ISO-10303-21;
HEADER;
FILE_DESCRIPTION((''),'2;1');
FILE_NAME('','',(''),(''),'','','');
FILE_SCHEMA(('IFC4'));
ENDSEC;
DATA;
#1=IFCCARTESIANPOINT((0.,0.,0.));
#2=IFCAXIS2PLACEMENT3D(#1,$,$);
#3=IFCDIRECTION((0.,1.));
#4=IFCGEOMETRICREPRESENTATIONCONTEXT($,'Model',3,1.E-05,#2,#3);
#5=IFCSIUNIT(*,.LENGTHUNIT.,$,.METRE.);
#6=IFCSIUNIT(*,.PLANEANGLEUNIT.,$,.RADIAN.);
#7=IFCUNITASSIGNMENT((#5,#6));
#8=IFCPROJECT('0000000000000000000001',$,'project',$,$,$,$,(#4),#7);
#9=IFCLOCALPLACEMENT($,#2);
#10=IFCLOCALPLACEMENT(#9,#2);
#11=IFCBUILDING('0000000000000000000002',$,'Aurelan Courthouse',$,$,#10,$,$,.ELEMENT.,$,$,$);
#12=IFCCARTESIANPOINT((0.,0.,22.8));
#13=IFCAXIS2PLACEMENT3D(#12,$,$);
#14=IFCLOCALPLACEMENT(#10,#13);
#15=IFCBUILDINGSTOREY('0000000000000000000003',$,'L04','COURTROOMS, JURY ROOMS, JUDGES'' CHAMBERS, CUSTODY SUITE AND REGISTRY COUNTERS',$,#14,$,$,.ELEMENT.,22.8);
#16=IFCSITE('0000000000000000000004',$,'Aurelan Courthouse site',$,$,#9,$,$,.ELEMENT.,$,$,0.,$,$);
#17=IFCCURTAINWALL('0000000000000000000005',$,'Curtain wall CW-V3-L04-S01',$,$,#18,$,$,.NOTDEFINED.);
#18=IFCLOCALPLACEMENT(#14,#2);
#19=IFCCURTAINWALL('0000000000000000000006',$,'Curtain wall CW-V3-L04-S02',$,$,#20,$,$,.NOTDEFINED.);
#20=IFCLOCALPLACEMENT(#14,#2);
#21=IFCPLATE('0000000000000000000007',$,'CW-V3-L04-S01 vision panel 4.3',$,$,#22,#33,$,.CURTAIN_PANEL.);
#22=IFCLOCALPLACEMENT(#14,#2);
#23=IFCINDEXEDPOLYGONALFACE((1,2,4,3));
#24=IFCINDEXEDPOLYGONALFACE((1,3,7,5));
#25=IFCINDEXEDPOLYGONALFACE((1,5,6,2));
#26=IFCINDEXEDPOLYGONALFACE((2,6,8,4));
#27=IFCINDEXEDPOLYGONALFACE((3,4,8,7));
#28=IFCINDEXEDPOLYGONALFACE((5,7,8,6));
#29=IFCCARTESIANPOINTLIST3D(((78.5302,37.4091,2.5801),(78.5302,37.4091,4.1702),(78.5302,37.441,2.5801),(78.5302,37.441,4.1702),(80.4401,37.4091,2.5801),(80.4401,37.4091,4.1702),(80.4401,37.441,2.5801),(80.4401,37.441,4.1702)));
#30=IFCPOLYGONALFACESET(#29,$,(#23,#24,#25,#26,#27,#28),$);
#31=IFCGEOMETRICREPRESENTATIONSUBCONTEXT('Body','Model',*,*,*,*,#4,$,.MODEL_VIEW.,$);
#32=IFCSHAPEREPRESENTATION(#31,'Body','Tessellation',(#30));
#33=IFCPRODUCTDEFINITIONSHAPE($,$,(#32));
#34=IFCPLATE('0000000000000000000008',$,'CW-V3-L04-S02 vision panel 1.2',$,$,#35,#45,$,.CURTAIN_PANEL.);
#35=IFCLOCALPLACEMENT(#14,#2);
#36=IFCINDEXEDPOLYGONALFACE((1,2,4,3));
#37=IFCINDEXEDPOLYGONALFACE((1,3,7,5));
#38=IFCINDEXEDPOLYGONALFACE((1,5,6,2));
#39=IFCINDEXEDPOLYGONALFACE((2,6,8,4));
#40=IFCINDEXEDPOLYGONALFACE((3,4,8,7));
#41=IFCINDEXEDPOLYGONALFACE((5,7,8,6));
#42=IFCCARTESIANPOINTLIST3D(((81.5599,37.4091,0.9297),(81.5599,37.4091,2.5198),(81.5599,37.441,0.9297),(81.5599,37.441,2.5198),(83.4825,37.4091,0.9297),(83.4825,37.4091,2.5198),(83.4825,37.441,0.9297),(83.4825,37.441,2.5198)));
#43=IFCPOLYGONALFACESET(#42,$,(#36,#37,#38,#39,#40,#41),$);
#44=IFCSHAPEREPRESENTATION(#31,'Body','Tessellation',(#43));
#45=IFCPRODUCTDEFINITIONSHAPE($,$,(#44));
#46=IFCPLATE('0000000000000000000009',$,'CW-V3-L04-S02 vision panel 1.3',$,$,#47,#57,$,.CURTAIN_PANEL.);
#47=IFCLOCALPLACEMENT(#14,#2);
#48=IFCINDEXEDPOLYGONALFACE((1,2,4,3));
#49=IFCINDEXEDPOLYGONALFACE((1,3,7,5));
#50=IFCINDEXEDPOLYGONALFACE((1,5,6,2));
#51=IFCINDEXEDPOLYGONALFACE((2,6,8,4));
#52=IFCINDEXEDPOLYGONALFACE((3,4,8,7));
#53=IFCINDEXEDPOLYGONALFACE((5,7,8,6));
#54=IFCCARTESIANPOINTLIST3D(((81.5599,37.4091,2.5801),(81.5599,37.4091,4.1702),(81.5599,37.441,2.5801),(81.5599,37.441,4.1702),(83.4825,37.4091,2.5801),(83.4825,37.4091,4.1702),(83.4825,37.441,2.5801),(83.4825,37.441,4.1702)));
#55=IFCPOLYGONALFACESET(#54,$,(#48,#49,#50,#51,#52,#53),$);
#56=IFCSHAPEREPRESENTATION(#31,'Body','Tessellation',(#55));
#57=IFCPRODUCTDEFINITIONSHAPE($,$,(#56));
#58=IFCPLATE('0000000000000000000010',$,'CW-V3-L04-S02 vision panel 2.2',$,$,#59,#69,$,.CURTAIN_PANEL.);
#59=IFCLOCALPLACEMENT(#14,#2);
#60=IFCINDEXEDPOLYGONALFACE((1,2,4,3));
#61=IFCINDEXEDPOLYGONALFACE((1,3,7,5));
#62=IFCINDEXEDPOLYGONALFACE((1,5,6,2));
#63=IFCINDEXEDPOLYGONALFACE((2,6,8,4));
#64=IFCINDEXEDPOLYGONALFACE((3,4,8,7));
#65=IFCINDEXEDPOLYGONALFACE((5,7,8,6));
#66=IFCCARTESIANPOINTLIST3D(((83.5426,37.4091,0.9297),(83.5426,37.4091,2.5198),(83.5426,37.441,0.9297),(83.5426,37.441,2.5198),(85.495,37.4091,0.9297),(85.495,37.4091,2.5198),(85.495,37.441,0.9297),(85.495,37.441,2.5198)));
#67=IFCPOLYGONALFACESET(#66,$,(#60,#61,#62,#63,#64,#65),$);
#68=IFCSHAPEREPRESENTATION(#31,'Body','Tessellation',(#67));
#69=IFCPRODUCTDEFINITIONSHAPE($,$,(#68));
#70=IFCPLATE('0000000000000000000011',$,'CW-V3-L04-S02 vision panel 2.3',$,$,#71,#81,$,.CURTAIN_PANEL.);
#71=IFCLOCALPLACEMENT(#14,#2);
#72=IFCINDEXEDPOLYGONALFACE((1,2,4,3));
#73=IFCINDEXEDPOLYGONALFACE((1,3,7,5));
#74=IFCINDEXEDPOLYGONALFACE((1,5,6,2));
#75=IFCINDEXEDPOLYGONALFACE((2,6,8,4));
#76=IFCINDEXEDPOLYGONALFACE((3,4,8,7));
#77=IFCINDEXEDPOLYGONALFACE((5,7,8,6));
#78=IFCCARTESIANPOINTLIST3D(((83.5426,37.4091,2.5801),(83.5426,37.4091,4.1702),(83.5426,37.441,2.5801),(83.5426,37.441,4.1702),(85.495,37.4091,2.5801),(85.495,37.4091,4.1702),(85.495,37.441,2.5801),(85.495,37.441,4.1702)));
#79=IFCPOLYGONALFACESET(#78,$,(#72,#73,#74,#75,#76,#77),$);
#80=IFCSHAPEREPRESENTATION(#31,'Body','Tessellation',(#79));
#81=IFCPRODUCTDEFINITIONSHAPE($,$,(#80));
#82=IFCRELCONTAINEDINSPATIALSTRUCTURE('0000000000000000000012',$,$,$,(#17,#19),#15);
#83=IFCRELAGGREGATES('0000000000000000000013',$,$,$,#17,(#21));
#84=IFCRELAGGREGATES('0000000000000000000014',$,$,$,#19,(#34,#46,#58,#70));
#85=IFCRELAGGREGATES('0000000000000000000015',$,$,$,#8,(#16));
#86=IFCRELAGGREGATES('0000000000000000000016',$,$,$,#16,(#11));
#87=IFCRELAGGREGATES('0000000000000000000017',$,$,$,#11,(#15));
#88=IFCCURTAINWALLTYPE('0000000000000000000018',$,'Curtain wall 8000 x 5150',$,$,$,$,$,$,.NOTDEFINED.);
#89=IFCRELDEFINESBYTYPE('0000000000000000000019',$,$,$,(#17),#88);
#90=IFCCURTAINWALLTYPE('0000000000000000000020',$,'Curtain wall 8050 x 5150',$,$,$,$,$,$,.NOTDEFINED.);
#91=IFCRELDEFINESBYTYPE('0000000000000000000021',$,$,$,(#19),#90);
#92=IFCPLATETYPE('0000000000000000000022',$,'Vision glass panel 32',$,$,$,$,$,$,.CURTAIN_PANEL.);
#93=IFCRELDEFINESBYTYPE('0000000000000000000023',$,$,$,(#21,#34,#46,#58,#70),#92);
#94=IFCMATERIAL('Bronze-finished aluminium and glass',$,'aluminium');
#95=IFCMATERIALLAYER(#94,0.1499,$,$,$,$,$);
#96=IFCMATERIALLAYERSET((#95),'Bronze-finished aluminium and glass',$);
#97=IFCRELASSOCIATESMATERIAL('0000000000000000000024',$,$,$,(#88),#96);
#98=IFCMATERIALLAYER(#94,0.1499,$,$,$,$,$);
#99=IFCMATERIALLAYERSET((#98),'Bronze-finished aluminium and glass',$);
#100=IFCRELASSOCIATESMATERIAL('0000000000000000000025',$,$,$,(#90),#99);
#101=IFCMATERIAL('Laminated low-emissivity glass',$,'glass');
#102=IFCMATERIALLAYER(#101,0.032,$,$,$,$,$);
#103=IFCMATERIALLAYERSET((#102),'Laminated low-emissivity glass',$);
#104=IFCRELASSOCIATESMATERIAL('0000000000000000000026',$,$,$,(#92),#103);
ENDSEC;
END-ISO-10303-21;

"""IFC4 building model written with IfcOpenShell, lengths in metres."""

from ifc_helpers import new_model, si_unit, direction, frame, origin, origin_2d, place, context, subcontext, project, spatial, rectangle, extrude, material, layer, layer_set, type_object, element, aggregate, save


model = new_model("IFC4")

# Units and contexts
model_context = context("Model", 3, precision=1e-05, world=origin(), true_north=direction((0.0, 1.0)))
body_context = subcontext(model_context, "Body", "Model", "MODEL_VIEW")
ifc_project = project(units=[si_unit("LENGTHUNIT", "METRE"), si_unit("PLANEANGLEUNIT", "RADIAN")], contexts=[model_context])

# Site, building, storey
site_placement = place(None, origin())
site = spatial("IfcSite", under=ifc_project, at=site_placement, Name="Aurelan Courthouse site", CompositionType="ELEMENT", RefElevation=0.0)
building_placement = place(site_placement, origin())
building = spatial("IfcBuilding", under=site, at=building_placement, Name="Aurelan Courthouse", CompositionType="ELEMENT")
storey_placement = place(building_placement, frame((0.0, 0.0, 22.8)))
storey = spatial("IfcBuildingStorey", under=building, at=storey_placement, Name="L04", Description="COURTROOMS, JURY ROOMS, JUDGES' CHAMBERS, CUSTODY SUITE AND REGISTRY COUNTERS", CompositionType="ELEMENT", Elevation=22.8)

# Curtain walls
ifc_material_1 = material(Name="Bronze-finished aluminium and glass", Category="aluminium")
ifc_layer_1 = layer(ifc_material_1, 0.1499)
ifc_layer_set_1 = layer_set([ifc_layer_1], Name="Bronze-finished aluminium and glass")
curtain_wall_type_1 = type_object("IfcCurtainWallType", Name="Curtain wall 8000 x 5150", PredefinedType="NOTDEFINED", material=ifc_layer_set_1)
curtain_wall_1_placement = place(storey_placement, origin())
curtain_wall_1 = element("IfcCurtainWall", 1, at=curtain_wall_1_placement, inside=storey, type_object=curtain_wall_type_1, Name="Curtain wall CW-V3-L04-S01", PredefinedType="NOTDEFINED")
ifc_layer_2 = layer(ifc_material_1, 0.1499)
ifc_layer_set_2 = layer_set([ifc_layer_2], Name="Bronze-finished aluminium and glass")
curtain_wall_type_2 = type_object("IfcCurtainWallType", Name="Curtain wall 8050 x 5150", PredefinedType="NOTDEFINED", material=ifc_layer_set_2)
curtain_wall_2_placement = place(storey_placement, origin())
curtain_wall_2 = element("IfcCurtainWall", 2, at=curtain_wall_2_placement, inside=storey, type_object=curtain_wall_type_2, Name="Curtain wall CW-V3-L04-S02", PredefinedType="NOTDEFINED")

# Plates
ifc_material_2 = material(Name="Laminated low-emissivity glass", Category="glass")
ifc_layer_3 = layer(ifc_material_2, 0.032)
ifc_layer_set_3 = layer_set([ifc_layer_3], Name="Laminated low-emissivity glass")
plate_type_1 = type_object("IfcPlateType", Name="Vision glass panel 32", PredefinedType="CURTAIN_PANEL", material=ifc_layer_set_3)
plate_1_placement = place(storey_placement, frame((79.4851, 37.425, 2.5801), z_axis=(0.0, 0.0, 1.0), x_axis=(1.0, 0.0, 0.0)))
plate_1 = element("IfcPlate", 3, at=plate_1_placement, type_object=plate_type_1, Name="CW-V3-L04-S01 vision panel 4.3", PredefinedType="CURTAIN_PANEL", context=body_context, shape_type="SweptSolid", body=[
    extrude(rectangle(XDim=1.9099, YDim=0.032, at=origin_2d()), origin(), (0.0, 0.0, 1.0), 1.5901),
])
aggregate(curtain_wall_1, [plate_1])
plate_2_placement = place(storey_placement, frame((82.5212, 37.425, 0.9297), z_axis=(0.0, 0.0, 1.0), x_axis=(1.0, 0.0, 0.0)))
plate_2 = element("IfcPlate", 4, at=plate_2_placement, type_object=plate_type_1, Name="CW-V3-L04-S02 vision panel 1.2", PredefinedType="CURTAIN_PANEL", context=body_context, shape_type="SweptSolid", body=[
    extrude(rectangle(XDim=1.9226, YDim=0.032, at=origin_2d()), origin(), (0.0, 0.0, 1.0), 1.5901),
])
plate_3_placement = place(storey_placement, frame((82.5212, 37.425, 2.5801), z_axis=(0.0, 0.0, 1.0), x_axis=(1.0, 0.0, 0.0)))
plate_3 = element("IfcPlate", 5, at=plate_3_placement, type_object=plate_type_1, Name="CW-V3-L04-S02 vision panel 1.3", PredefinedType="CURTAIN_PANEL", context=body_context, shape_type="SweptSolid", body=[
    extrude(rectangle(XDim=1.9226, YDim=0.032, at=origin_2d()), origin(), (0.0, 0.0, 1.0), 1.5901),
])
plate_4_placement = place(storey_placement, frame((84.5188, 37.425, 0.9297), z_axis=(0.0, 0.0, 1.0), x_axis=(1.0, 0.0, 0.0)))
plate_4 = element("IfcPlate", 6, at=plate_4_placement, type_object=plate_type_1, Name="CW-V3-L04-S02 vision panel 2.2", PredefinedType="CURTAIN_PANEL", context=body_context, shape_type="SweptSolid", body=[
    extrude(rectangle(XDim=1.9524, YDim=0.032, at=origin_2d()), origin(), (0.0, 0.0, 1.0), 1.5901),
])
plate_5_placement = place(storey_placement, frame((84.5188, 37.425, 2.5801), z_axis=(0.0, 0.0, 1.0), x_axis=(1.0, 0.0, 0.0)))
plate_5 = element("IfcPlate", 7, at=plate_5_placement, type_object=plate_type_1, Name="CW-V3-L04-S02 vision panel 2.3", PredefinedType="CURTAIN_PANEL", context=body_context, shape_type="SweptSolid", body=[
    extrude(rectangle(XDim=1.9524, YDim=0.032, at=origin_2d()), origin(), (0.0, 0.0, 1.0), 1.5901),
])
aggregate(curtain_wall_2, [plate_2, plate_3, plate_4, plate_5])

save(model, "model.ifc")
